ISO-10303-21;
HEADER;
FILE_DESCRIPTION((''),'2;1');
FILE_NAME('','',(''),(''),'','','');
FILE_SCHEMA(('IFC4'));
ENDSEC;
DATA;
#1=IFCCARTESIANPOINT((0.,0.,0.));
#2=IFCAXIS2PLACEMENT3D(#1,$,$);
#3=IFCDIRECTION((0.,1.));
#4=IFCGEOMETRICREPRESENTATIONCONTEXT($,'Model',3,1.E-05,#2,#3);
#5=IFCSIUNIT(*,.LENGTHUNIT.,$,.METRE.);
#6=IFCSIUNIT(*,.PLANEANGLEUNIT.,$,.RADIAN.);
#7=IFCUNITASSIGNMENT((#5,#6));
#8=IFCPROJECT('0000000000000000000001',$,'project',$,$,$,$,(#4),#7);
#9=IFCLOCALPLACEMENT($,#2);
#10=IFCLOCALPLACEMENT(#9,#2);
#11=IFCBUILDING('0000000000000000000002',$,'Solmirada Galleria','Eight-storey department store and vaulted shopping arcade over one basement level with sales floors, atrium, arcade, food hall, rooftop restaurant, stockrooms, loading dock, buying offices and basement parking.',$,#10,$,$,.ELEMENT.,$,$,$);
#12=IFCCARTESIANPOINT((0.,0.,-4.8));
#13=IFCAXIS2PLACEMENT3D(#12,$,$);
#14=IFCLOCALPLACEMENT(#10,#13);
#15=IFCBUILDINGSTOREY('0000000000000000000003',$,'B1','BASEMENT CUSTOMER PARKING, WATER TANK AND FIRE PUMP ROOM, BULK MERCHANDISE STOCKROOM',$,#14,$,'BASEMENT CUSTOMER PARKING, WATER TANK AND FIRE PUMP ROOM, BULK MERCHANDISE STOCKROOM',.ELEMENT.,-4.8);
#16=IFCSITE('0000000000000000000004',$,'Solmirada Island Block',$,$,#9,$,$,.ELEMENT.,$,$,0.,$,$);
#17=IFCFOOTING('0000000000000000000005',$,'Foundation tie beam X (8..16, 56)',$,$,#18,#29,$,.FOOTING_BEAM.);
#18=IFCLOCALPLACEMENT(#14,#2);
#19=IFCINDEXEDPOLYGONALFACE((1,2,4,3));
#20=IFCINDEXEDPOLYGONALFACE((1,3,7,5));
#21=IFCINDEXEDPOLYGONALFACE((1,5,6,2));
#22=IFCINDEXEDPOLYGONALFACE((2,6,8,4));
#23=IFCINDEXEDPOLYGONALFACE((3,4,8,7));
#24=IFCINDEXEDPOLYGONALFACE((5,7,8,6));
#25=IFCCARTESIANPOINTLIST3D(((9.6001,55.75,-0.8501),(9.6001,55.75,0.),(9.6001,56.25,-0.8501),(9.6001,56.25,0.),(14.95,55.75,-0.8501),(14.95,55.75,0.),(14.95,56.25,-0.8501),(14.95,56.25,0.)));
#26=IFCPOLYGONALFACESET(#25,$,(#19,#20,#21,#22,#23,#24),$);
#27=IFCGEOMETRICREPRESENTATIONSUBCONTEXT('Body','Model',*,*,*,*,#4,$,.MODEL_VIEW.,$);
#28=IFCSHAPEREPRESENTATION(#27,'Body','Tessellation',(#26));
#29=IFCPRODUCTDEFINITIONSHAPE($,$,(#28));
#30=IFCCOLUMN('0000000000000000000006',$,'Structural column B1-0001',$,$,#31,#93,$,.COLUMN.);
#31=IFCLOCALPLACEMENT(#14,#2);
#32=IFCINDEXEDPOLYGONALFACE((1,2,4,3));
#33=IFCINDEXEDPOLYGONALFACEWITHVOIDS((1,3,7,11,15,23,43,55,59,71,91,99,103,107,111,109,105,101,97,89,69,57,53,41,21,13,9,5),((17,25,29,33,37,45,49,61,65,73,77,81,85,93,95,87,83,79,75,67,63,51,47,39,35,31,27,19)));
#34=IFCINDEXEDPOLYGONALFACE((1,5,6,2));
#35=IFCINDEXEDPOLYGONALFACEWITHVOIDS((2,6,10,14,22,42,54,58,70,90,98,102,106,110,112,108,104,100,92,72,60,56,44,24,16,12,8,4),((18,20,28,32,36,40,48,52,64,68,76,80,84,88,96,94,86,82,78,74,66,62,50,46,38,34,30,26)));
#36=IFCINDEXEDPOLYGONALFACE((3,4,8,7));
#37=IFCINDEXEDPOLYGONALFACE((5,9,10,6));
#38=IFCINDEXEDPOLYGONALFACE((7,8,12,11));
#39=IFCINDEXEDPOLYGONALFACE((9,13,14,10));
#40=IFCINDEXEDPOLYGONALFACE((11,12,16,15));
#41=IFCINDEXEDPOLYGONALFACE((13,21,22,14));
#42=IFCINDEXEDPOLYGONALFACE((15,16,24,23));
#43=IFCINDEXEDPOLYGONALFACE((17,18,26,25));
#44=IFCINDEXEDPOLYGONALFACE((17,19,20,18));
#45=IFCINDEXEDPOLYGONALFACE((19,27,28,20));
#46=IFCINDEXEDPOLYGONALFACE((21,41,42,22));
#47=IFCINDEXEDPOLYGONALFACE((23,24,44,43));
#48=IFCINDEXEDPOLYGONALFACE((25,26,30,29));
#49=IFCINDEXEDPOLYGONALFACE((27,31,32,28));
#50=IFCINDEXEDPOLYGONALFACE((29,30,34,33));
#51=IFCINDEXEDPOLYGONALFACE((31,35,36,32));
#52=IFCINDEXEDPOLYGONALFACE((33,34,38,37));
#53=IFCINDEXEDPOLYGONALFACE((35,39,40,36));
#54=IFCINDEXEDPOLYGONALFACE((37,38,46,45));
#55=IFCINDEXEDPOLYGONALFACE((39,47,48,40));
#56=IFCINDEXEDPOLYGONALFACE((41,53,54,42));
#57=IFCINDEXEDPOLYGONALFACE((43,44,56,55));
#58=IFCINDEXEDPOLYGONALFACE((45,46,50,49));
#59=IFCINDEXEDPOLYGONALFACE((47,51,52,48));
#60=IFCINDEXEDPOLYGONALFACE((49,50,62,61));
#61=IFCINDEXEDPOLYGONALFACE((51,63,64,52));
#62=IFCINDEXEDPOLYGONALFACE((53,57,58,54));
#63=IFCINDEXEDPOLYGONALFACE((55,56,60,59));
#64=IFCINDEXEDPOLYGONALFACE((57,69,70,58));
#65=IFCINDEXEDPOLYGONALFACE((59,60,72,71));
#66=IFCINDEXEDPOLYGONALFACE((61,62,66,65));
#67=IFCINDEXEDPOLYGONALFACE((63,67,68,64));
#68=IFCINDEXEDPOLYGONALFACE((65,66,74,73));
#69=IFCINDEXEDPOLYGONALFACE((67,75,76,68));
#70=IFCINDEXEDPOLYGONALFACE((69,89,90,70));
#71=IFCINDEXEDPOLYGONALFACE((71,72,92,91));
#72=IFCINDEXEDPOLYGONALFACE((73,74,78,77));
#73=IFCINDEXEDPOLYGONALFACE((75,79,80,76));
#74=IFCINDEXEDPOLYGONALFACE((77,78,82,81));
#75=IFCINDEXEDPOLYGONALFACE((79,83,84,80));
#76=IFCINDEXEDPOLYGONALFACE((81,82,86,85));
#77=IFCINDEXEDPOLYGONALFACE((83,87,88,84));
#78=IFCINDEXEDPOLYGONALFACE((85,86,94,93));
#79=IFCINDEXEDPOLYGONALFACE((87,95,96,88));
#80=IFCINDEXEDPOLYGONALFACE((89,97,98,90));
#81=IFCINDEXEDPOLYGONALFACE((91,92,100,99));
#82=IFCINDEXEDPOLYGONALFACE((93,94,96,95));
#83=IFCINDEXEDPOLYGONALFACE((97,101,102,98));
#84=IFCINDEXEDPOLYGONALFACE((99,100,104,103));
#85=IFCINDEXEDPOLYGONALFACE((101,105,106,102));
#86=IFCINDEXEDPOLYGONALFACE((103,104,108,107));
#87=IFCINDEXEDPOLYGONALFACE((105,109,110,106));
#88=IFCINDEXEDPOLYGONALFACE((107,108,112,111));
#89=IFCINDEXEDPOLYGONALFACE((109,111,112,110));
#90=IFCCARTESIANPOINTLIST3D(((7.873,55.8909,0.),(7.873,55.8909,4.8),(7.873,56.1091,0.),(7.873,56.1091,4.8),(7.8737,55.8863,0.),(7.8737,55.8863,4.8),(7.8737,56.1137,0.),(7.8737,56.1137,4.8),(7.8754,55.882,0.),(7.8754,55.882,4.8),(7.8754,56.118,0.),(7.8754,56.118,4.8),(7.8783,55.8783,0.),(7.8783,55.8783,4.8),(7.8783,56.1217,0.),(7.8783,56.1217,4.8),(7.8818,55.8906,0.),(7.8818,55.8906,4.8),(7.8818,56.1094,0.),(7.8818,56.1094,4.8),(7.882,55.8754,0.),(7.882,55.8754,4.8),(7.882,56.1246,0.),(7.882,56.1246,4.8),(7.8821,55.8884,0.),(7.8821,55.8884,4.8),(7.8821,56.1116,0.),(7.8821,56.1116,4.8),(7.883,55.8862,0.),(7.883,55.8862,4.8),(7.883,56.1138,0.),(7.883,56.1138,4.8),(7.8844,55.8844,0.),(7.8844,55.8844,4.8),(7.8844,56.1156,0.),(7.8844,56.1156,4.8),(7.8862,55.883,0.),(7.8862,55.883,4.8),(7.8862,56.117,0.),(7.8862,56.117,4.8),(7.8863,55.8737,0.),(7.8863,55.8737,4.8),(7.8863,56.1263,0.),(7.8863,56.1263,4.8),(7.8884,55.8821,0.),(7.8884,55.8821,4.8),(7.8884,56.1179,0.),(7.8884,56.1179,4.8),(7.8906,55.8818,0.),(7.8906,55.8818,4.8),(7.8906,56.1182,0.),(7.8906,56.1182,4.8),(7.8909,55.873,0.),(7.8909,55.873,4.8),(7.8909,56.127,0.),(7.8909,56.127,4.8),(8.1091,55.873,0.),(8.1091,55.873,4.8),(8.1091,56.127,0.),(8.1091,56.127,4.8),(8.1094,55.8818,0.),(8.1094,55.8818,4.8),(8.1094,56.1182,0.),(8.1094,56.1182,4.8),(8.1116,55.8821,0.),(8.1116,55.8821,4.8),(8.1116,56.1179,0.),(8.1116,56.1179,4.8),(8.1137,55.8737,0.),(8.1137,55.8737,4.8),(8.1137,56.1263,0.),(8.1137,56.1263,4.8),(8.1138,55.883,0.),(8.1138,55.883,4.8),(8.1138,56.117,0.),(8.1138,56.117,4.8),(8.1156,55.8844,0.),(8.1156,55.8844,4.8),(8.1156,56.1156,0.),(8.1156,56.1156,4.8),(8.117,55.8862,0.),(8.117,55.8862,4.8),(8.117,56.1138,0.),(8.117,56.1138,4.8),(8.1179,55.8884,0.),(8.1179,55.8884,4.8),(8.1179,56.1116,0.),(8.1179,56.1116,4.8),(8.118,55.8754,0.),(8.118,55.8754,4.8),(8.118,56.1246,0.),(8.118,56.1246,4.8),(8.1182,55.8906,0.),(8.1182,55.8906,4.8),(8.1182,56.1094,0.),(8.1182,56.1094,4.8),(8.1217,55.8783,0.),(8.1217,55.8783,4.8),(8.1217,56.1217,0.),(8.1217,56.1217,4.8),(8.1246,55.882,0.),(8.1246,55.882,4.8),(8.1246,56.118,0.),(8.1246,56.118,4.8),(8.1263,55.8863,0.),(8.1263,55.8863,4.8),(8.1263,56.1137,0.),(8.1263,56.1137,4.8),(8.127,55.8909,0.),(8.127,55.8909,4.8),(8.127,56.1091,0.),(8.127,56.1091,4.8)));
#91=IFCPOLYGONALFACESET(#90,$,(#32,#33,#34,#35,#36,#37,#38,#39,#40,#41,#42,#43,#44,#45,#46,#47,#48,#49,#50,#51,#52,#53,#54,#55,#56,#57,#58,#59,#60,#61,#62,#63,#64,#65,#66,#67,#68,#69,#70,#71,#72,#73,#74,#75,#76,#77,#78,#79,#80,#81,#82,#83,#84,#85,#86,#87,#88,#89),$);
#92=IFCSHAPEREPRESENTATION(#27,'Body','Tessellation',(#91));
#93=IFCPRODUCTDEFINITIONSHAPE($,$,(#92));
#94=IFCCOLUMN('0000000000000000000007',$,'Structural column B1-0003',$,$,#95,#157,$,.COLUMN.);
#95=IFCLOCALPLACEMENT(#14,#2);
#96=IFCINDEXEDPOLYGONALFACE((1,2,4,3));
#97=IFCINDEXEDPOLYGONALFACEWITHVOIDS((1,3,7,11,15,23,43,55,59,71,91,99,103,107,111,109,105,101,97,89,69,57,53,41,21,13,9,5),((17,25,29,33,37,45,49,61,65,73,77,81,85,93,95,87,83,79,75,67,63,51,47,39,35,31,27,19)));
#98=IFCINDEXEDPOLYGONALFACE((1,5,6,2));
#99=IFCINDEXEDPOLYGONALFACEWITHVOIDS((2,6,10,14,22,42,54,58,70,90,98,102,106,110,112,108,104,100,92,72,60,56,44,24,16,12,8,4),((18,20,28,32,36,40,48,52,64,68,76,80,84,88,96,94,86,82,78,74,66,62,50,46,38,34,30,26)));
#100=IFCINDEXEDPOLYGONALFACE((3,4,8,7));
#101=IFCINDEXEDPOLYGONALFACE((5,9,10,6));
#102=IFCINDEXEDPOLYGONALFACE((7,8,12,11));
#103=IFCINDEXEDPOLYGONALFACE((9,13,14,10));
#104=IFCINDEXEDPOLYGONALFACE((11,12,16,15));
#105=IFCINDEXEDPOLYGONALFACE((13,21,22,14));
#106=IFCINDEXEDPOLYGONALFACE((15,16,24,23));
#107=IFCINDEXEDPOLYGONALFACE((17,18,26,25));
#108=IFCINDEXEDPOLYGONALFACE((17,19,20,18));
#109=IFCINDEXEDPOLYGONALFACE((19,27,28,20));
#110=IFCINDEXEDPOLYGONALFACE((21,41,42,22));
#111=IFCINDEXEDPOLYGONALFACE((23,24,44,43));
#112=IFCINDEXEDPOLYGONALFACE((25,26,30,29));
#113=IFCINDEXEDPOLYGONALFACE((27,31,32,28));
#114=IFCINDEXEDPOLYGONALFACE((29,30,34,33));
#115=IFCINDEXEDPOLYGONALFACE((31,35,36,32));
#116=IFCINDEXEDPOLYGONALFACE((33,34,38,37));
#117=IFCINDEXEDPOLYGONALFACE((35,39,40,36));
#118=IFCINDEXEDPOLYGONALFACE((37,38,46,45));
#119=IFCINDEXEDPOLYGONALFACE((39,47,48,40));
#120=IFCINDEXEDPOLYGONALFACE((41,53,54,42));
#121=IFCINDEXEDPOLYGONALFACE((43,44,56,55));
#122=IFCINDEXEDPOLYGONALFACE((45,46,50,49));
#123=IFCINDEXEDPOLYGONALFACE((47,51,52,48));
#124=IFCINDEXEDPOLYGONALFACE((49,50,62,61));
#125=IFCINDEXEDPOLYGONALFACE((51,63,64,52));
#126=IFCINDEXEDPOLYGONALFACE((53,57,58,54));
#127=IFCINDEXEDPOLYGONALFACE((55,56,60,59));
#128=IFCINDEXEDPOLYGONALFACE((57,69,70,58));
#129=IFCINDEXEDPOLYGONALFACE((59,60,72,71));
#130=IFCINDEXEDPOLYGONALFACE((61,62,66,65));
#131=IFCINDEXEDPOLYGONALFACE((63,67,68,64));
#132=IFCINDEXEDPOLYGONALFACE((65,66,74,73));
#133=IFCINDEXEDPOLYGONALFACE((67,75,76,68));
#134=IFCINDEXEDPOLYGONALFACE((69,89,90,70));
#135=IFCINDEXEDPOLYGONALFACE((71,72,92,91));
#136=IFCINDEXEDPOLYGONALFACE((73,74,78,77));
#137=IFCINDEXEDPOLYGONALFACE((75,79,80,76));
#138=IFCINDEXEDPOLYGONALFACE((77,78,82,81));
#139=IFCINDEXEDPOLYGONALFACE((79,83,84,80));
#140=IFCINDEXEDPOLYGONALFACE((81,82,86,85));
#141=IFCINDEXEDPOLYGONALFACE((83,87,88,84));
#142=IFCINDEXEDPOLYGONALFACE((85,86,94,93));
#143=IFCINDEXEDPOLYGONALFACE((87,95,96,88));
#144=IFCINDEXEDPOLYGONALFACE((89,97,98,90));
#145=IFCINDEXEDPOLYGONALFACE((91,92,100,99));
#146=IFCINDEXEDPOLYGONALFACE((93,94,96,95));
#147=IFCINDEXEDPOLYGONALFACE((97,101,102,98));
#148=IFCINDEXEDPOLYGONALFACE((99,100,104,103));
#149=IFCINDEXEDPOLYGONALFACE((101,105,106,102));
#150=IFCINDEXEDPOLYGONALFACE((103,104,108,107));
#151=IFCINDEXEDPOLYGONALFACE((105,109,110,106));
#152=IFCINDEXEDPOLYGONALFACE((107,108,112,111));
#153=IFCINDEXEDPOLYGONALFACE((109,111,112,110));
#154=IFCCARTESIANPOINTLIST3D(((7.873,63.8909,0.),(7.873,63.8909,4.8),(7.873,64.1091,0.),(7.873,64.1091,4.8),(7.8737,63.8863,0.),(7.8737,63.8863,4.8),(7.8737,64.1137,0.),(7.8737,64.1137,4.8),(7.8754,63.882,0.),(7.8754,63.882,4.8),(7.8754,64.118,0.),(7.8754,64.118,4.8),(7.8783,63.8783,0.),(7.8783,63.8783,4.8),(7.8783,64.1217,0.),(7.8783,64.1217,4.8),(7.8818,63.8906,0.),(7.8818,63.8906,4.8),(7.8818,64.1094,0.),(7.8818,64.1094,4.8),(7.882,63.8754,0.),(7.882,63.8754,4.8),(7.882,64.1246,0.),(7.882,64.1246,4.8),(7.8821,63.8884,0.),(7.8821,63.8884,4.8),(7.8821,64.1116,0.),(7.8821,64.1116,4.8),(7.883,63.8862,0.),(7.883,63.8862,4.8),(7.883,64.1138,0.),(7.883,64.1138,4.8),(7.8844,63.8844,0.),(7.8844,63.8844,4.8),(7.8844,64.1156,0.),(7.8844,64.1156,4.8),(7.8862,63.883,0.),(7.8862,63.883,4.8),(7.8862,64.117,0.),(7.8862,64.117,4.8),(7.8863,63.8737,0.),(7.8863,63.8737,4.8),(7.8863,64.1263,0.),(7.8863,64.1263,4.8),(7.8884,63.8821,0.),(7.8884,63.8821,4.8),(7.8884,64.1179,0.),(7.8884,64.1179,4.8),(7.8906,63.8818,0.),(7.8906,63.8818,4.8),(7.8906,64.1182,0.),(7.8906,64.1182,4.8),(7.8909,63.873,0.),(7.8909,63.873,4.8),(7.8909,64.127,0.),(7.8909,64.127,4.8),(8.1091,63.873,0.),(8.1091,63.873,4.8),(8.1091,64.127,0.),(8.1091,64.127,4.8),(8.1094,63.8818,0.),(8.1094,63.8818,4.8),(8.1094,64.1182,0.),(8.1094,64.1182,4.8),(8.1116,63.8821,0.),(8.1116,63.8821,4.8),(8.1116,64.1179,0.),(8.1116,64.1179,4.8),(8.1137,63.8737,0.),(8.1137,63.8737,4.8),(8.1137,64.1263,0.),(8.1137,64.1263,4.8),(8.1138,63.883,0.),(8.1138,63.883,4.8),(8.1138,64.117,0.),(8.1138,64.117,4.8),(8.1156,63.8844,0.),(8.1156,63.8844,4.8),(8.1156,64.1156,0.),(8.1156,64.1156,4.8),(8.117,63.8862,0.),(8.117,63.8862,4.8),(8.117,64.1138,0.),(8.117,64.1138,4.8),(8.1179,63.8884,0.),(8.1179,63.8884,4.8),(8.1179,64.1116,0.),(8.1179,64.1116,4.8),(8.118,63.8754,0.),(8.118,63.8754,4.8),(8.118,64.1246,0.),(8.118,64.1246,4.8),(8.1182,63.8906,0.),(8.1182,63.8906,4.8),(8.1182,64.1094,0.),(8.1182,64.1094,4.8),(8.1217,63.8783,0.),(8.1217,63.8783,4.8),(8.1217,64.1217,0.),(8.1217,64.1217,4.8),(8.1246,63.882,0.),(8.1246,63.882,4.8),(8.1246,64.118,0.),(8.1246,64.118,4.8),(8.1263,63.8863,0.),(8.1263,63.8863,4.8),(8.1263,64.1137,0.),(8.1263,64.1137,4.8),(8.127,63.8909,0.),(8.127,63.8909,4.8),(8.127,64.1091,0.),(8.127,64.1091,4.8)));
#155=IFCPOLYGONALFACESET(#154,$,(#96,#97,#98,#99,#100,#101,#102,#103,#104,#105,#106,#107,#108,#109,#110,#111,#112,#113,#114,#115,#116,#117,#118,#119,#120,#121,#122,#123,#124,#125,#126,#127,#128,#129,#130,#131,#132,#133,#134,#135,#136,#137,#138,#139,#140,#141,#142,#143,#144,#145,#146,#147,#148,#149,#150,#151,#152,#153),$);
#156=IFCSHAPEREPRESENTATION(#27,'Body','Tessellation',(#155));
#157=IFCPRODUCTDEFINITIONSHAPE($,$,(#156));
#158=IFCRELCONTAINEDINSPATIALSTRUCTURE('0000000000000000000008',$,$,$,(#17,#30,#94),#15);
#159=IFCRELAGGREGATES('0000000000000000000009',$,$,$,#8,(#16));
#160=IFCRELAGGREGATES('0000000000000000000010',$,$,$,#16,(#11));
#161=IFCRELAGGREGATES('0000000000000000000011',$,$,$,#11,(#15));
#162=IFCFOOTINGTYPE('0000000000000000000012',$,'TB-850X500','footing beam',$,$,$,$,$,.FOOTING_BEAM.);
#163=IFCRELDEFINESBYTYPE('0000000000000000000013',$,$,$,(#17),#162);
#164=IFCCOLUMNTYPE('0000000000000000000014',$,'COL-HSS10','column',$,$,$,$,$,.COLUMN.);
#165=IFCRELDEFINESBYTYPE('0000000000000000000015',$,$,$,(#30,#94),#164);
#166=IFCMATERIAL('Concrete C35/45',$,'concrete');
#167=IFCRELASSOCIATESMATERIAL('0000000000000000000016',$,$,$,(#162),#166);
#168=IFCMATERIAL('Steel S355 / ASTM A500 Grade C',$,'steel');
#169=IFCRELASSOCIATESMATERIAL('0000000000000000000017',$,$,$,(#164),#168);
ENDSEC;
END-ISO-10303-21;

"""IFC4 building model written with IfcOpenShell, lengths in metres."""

from ifc_helpers import new_model, si_unit, direction, frame, origin, origin_2d, place, context, subcontext, project, spatial, rectangle, hollow_rectangle, extrude, material, material_profile, profile_set, type_object, element, save


model = new_model("IFC4")

# Units and contexts
model_context = context("Model", 3, precision=1e-05, world=origin(), true_north=direction((0.0, 1.0)))
body_context = subcontext(model_context, "Body", "Model", "MODEL_VIEW")
ifc_project = project(units=[si_unit("LENGTHUNIT", "METRE"), si_unit("PLANEANGLEUNIT", "RADIAN")], contexts=[model_context])

# Site, building, storey
site_placement = place(None, origin())
site = spatial("IfcSite", under=ifc_project, at=site_placement, Name="Solmirada Island Block", CompositionType="ELEMENT", RefElevation=0.0)
building_placement = place(site_placement, origin())
building = spatial("IfcBuilding", under=site, at=building_placement, Name="Solmirada Galleria", Description="Eight-storey department store and vaulted shopping arcade over one basement level with sales floors, atrium, arcade, food hall, rooftop restaurant, stockrooms, loading dock, buying offices and basement parking.", CompositionType="ELEMENT")
storey_placement = place(building_placement, frame((0.0, 0.0, -4.8)))
storey = spatial("IfcBuildingStorey", under=building, at=storey_placement, Name="B1", Description="BASEMENT CUSTOMER PARKING, WATER TANK AND FIRE PUMP ROOM, BULK MERCHANDISE STOCKROOM", LongName="BASEMENT CUSTOMER PARKING, WATER TANK AND FIRE PUMP ROOM, BULK MERCHANDISE STOCKROOM", CompositionType="ELEMENT", Elevation=-4.8)

# Shared definitions
ifc_material_1 = material(Name="Concrete C35/45", Category="concrete")

# Footing
ifc_material_profile_1 = material_profile(ifc_material_1, rectangle(XDim=0.5, YDim=0.8501, at=origin_2d()), Name="RC850X500")
ifc_profile_set_1 = profile_set([ifc_material_profile_1], Name="Concrete C35/45")
footing_type_1 = type_object("IfcFootingType", Name="TB-850X500", Description="footing beam", PredefinedType="FOOTING_BEAM", material=ifc_profile_set_1)
footing_1_placement = place(storey_placement, frame((9.6001, 56.0, -0.425), z_axis=(1.0, 0.0, 0.0), x_axis=(0.0, 1.0, 0.0)))
element("IfcFooting", 1, at=footing_1_placement, inside=storey, type_object=footing_type_1, Name="Foundation tie beam X (8..16, 56)", PredefinedType="FOOTING_BEAM", context=body_context, shape_type="SweptSolid", body=[
    extrude(rectangle(XDim=0.5, YDim=0.8501, at=origin_2d()), origin(), (0.0, 0.0, 1.0), 5.3499),
])

# Columns
ifc_material_2 = material(Name="Steel S355 / ASTM A500 Grade C", Category="steel")
ifc_material_profile_2 = material_profile(ifc_material_2, hollow_rectangle(XDim=0.2539, YDim=0.2539, WallThickness=0.0088, InnerFilletRadius=0.0088, OuterFilletRadius=0.0178, at=origin_2d()), Name="HSS10X10X3/8")
ifc_profile_set_2 = profile_set([ifc_material_profile_2], Name="Steel S355 / ASTM A500 Grade C")
column_type = type_object("IfcColumnType", Name="COL-HSS10", Description="column", PredefinedType="COLUMN", material=ifc_profile_set_2)
for number, where, z_axis, x_axis, name in (
    (2, (8.0, 56.0, 0.0), (0.0, 0.0, 1.0), (1.0, 0.0, 0.0), "Structural column B1-0001"),
    (3, (8.0, 64.0, 0.0), (0.0, 0.0, 1.0), (1.0, 0.0, 0.0), "Structural column B1-0003"),
):
    element("IfcColumn", number, at=place(storey_placement, frame(where, z_axis=z_axis, x_axis=x_axis)), inside=storey, type_object=column_type, Name=name, PredefinedType="COLUMN", context=body_context, shape_type="SweptSolid", body=[
        extrude(hollow_rectangle(XDim=0.2539, YDim=0.2539, WallThickness=0.0088, InnerFilletRadius=0.0088, OuterFilletRadius=0.0178, at=origin_2d()), origin(), (0.0, 0.0, 1.0), 4.8),
    ])

save(model, "model.ifc")
